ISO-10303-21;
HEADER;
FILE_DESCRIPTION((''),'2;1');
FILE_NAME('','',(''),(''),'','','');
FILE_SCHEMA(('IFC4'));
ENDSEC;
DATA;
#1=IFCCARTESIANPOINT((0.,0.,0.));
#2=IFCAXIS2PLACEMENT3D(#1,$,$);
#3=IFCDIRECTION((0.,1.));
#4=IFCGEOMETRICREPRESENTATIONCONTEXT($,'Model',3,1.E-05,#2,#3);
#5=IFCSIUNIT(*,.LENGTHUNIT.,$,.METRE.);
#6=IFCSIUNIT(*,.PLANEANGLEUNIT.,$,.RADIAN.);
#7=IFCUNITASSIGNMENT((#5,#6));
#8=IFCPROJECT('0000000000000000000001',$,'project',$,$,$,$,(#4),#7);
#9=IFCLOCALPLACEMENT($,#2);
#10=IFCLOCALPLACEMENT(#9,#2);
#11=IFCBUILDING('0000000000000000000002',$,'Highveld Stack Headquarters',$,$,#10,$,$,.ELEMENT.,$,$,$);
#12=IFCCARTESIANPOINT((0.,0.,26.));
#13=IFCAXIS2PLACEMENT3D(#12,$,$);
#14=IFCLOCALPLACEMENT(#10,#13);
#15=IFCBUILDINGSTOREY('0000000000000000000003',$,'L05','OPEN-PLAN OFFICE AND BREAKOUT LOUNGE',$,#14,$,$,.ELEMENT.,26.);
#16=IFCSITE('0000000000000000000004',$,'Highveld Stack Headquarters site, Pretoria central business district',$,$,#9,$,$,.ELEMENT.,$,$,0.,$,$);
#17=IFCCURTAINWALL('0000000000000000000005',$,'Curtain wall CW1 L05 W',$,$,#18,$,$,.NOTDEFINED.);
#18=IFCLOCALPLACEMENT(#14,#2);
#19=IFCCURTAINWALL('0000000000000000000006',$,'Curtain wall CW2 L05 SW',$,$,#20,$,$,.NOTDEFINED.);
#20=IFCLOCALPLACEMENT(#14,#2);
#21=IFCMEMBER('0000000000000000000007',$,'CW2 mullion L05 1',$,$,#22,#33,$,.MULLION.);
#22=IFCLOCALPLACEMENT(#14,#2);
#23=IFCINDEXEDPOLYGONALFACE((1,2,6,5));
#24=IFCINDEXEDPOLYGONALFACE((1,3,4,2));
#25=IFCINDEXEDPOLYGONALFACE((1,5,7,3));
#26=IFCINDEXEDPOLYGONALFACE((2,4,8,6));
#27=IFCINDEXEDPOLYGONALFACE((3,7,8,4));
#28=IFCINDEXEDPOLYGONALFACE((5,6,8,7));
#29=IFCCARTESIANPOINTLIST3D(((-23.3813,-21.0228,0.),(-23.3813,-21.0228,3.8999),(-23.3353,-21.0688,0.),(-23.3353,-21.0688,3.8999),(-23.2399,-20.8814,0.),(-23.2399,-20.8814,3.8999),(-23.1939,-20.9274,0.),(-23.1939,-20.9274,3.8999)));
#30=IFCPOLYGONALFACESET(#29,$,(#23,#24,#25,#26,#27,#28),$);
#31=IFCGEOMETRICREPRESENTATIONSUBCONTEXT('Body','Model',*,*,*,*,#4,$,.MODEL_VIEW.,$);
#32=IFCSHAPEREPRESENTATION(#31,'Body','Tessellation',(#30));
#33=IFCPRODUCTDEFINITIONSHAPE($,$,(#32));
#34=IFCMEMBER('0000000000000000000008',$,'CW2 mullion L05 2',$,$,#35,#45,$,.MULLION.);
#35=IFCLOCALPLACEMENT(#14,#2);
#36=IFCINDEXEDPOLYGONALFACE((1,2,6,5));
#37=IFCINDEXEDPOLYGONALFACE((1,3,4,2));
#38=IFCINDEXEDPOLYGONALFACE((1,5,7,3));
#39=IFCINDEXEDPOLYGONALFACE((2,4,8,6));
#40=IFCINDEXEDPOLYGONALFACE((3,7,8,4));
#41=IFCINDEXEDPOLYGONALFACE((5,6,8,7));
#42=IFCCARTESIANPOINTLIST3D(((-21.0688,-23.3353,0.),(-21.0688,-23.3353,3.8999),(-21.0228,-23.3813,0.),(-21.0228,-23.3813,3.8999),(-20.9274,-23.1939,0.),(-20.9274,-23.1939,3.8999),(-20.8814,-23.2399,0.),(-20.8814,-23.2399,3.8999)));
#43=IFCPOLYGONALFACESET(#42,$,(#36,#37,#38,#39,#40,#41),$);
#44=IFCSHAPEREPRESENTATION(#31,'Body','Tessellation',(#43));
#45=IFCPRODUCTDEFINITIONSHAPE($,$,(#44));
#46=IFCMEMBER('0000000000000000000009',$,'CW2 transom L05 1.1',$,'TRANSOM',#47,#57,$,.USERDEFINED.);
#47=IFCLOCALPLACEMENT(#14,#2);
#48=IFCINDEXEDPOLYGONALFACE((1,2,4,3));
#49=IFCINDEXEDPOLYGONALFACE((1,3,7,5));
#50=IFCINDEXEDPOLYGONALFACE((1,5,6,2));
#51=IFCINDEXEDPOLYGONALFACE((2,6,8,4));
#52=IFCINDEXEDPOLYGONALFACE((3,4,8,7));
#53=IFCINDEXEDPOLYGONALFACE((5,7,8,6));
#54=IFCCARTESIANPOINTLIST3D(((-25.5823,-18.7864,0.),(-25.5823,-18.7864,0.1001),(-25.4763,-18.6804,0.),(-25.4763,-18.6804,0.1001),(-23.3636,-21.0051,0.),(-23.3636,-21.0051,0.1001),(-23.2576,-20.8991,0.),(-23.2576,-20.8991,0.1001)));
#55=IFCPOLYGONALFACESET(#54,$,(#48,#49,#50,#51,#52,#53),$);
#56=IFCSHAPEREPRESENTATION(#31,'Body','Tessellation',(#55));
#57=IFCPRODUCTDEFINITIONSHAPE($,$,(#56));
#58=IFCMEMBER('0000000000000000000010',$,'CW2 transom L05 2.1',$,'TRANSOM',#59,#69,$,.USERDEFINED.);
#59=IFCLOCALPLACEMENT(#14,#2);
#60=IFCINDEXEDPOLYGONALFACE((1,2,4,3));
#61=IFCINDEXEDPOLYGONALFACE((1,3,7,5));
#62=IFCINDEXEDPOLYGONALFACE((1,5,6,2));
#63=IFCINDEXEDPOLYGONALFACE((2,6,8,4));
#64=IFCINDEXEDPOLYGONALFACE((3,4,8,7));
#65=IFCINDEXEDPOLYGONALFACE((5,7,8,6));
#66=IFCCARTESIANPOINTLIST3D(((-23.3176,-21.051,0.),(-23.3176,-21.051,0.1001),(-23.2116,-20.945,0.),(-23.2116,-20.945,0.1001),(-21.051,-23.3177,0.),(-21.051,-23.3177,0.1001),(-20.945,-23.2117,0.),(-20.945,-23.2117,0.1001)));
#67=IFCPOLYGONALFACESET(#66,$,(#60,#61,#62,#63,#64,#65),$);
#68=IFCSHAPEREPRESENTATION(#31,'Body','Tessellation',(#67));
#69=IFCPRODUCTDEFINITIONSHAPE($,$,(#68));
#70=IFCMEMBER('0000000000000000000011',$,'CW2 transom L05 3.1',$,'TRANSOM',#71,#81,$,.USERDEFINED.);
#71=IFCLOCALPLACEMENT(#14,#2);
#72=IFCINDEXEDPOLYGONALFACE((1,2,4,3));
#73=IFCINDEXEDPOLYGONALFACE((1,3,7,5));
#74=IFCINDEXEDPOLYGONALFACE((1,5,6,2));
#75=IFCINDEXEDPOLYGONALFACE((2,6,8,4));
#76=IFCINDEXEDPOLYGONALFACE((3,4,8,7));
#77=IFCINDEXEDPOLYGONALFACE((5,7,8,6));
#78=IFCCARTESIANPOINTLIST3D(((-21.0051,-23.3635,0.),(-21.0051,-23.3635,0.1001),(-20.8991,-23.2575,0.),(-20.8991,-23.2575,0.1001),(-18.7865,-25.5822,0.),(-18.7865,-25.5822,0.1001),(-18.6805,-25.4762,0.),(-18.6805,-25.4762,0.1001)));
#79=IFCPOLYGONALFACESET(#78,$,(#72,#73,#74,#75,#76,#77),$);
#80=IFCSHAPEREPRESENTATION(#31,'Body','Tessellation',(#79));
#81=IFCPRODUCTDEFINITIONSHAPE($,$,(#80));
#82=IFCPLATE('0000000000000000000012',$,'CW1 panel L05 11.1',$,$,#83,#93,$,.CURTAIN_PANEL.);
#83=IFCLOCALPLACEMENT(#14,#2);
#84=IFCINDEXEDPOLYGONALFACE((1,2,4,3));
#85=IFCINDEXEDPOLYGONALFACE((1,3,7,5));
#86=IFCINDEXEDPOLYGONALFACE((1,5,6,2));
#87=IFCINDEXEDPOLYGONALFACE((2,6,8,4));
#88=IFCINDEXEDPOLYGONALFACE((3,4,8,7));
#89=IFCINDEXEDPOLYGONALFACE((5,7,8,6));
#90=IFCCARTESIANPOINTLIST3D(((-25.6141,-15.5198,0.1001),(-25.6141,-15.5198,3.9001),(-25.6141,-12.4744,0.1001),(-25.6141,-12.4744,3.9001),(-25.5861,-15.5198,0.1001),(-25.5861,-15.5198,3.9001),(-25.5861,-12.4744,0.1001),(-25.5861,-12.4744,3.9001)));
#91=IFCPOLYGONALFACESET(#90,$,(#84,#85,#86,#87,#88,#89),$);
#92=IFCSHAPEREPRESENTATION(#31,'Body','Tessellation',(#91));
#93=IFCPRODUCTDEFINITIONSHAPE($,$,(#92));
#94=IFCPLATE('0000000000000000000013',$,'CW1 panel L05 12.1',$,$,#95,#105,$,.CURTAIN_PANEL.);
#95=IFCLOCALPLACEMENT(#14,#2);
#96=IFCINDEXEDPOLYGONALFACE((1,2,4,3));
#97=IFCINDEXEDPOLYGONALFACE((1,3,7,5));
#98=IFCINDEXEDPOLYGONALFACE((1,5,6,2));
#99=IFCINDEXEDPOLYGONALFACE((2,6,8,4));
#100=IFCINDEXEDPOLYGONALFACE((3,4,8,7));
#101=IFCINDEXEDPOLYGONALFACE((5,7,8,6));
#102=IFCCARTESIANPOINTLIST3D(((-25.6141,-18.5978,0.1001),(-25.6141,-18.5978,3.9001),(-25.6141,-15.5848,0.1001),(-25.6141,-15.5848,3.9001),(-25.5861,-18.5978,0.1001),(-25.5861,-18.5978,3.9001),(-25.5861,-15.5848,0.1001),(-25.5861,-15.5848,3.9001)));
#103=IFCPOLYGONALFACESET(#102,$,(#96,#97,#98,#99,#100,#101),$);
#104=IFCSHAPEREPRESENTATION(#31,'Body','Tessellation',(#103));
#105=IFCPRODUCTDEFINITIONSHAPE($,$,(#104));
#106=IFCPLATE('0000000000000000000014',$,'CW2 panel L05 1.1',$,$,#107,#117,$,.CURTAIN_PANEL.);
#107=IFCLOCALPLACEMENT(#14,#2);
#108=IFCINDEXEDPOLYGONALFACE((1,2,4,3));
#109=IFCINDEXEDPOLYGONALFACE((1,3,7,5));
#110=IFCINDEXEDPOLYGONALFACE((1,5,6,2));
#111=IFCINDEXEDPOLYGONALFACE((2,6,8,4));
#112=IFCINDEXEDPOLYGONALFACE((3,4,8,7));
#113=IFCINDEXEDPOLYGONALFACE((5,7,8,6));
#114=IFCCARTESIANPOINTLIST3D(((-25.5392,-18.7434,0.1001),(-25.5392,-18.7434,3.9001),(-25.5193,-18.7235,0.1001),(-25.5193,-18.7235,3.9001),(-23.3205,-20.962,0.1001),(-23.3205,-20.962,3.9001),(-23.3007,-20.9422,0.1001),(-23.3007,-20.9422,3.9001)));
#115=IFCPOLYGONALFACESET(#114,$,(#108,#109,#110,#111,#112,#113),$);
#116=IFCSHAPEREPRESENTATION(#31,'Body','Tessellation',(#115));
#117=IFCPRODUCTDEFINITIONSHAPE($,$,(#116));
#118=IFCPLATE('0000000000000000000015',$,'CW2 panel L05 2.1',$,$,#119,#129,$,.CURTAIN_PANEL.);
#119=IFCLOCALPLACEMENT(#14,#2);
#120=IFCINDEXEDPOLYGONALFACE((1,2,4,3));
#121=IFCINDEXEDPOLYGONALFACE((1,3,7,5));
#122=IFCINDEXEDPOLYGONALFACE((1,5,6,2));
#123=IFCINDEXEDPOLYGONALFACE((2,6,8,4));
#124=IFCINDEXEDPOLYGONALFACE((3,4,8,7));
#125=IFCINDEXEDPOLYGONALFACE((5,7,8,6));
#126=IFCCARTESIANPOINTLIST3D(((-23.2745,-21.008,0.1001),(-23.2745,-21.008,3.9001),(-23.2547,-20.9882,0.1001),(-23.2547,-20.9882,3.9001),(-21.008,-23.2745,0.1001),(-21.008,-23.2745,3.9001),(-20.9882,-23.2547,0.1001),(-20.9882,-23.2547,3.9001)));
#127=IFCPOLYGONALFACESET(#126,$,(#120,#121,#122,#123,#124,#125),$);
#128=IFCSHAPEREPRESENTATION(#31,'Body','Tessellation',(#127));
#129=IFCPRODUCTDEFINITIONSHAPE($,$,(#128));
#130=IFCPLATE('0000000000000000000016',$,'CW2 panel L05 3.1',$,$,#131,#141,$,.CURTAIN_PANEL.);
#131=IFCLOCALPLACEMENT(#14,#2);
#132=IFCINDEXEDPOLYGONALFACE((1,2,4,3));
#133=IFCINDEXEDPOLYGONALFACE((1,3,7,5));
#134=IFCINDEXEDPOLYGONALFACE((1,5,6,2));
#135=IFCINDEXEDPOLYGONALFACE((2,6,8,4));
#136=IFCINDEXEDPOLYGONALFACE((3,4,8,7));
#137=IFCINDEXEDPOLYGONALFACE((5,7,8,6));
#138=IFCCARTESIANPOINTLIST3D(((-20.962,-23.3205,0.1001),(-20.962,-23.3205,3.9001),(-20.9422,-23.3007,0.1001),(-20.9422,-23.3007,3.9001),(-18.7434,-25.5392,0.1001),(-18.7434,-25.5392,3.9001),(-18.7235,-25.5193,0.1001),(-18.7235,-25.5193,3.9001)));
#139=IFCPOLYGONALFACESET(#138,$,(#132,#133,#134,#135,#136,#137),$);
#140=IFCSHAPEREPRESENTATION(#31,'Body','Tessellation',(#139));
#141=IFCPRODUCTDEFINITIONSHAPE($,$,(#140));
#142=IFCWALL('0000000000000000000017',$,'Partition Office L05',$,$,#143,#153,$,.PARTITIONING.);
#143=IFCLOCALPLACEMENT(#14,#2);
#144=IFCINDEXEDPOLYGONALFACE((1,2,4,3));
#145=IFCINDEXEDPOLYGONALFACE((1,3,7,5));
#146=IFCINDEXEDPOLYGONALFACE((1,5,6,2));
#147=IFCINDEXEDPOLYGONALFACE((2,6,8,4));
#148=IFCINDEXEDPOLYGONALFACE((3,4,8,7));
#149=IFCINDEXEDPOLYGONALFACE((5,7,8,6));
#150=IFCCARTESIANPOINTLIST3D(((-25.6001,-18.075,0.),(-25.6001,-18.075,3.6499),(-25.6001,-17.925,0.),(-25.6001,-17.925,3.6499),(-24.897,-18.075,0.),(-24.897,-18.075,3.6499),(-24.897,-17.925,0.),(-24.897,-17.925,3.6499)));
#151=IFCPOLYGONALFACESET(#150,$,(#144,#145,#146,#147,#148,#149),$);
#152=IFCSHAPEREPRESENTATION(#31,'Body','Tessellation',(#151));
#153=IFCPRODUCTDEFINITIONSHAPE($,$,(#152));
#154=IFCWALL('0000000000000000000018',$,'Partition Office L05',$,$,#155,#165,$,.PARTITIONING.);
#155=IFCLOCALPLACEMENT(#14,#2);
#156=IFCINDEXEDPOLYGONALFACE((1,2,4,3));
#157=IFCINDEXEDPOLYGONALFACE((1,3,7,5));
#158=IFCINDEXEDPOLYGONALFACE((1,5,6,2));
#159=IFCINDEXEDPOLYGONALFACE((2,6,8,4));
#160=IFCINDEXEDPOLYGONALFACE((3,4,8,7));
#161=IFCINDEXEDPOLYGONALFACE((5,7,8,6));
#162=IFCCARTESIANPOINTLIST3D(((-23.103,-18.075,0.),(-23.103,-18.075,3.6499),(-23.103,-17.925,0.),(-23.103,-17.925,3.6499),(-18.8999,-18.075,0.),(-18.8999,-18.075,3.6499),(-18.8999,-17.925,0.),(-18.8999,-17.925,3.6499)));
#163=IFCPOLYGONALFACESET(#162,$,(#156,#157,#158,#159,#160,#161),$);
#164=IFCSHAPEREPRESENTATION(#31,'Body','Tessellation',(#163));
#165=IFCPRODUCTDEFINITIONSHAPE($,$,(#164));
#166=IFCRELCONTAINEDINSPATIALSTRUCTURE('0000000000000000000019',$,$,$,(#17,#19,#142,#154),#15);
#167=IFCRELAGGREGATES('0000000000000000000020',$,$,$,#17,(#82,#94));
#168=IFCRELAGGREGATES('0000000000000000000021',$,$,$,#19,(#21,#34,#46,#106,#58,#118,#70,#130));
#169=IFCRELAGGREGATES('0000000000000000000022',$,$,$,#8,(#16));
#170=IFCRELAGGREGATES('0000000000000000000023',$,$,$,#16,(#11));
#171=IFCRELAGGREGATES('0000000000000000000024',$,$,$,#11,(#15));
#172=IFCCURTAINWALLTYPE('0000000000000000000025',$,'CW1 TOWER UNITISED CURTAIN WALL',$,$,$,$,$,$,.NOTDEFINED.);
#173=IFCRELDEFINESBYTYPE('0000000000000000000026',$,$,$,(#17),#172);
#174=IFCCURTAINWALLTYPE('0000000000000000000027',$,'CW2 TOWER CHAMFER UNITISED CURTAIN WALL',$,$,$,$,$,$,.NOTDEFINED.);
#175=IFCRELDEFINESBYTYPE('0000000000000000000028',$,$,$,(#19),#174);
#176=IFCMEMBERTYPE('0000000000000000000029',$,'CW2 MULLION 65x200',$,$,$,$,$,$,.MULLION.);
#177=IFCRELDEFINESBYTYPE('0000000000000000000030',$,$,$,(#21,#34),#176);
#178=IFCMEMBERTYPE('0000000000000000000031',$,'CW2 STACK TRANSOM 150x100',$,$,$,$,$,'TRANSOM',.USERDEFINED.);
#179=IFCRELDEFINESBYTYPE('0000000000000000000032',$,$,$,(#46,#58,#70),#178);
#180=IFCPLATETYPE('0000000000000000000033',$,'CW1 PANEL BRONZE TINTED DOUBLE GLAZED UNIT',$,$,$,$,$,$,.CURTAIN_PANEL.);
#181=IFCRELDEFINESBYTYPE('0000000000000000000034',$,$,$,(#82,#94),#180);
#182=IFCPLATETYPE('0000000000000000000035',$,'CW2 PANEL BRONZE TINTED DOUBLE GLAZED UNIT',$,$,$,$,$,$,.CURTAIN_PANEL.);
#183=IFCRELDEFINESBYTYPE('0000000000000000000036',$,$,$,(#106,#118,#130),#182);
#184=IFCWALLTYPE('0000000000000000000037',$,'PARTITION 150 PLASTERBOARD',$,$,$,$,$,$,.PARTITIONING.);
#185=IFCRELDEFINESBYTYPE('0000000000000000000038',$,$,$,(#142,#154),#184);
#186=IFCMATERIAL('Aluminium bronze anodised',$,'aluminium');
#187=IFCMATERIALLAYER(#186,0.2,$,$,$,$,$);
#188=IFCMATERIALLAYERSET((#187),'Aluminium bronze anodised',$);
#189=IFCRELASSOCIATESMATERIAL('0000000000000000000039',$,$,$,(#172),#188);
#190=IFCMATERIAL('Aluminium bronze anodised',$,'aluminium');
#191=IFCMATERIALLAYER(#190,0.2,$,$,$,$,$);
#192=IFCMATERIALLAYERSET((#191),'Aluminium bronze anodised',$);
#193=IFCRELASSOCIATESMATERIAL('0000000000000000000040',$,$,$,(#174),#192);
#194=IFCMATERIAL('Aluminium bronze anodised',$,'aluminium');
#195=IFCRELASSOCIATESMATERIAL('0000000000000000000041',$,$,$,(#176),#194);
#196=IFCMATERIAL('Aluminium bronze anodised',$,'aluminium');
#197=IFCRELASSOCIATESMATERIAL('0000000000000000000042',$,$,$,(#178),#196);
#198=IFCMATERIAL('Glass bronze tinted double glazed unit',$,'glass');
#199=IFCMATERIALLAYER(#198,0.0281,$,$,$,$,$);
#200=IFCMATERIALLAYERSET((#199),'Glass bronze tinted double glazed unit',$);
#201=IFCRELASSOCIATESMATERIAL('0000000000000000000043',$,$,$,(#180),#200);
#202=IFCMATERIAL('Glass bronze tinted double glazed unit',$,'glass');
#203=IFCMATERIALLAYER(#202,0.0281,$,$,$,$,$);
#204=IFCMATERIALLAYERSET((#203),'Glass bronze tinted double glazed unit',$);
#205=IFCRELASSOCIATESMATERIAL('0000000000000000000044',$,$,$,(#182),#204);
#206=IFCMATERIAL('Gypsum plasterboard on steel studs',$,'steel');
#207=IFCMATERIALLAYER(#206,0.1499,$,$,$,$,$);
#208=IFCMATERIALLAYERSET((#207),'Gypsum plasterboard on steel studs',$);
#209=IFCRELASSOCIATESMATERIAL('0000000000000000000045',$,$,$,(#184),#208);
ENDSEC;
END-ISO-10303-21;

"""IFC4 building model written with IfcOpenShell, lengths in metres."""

from ifc_helpers import new_model, si_unit, direction, frame, frame_2d, origin, origin_2d, place, context, subcontext, project, spatial, rectangle, extrude, material, layer, layer_set, material_profile, profile_set, type_object, element, aggregate, save


model = new_model("IFC4")

# Units and contexts
model_context = context("Model", 3, precision=1e-05, world=origin(), true_north=direction((0.0, 1.0)))
body_context = subcontext(model_context, "Body", "Model", "MODEL_VIEW")
ifc_project = project(units=[si_unit("LENGTHUNIT", "METRE"), si_unit("PLANEANGLEUNIT", "RADIAN")], contexts=[model_context])

# Site, building, storey
site_placement = place(None, origin())
site = spatial("IfcSite", under=ifc_project, at=site_placement, Name="Highveld Stack Headquarters site, Pretoria central business district", CompositionType="ELEMENT", RefElevation=0.0)
building_placement = place(site_placement, origin())
building = spatial("IfcBuilding", under=site, at=building_placement, Name="Highveld Stack Headquarters", CompositionType="ELEMENT")
storey_placement = place(building_placement, frame((0.0, 0.0, 26.0)))
storey = spatial("IfcBuildingStorey", under=building, at=storey_placement, Name="L05", Description="OPEN-PLAN OFFICE AND BREAKOUT LOUNGE", CompositionType="ELEMENT", Elevation=26.0)

# Shared definitions
ifc_material_1 = material(Name="Aluminium bronze anodised", Category="aluminium")
ifc_layer_1 = layer(ifc_material_1, 0.2)
ifc_layer_set_1 = layer_set([ifc_layer_1], Name="Aluminium bronze anodised")
curtain_wall_type_1 = type_object("IfcCurtainWallType", Name="CW1 TOWER UNITISED CURTAIN WALL", PredefinedType="NOTDEFINED", material=ifc_layer_set_1)

# Curtain wall
curtain_wall_1_placement = place(storey_placement, origin())
curtain_wall_1 = element("IfcCurtainWall", 1, at=curtain_wall_1_placement, inside=storey, type_object=curtain_wall_type_1, Name="Curtain wall CW1 L05 W", PredefinedType="NOTDEFINED")

# Curtain wall, members
ifc_material_2 = material(Name="Aluminium bronze anodised", Category="aluminium")
ifc_layer_2 = layer(ifc_material_2, 0.2)
ifc_layer_set_2 = layer_set([ifc_layer_2], Name="Aluminium bronze anodised")
curtain_wall_type_2 = type_object("IfcCurtainWallType", Name="CW2 TOWER CHAMFER UNITISED CURTAIN WALL", PredefinedType="NOTDEFINED", material=ifc_layer_set_2)
curtain_wall_2_placement = place(storey_placement, origin())
curtain_wall_2 = element("IfcCurtainWall", 2, at=curtain_wall_2_placement, inside=storey, type_object=curtain_wall_type_2, Name="Curtain wall CW2 L05 SW", PredefinedType="NOTDEFINED")
ifc_material_3 = material(Name="Aluminium bronze anodised", Category="aluminium")
ifc_material_profile_1 = material_profile(ifc_material_3, rectangle(XDim=0.2, YDim=0.0649, at=origin_2d()), Name="CW2 MULLION 65x200")
ifc_profile_set_1 = profile_set([ifc_material_profile_1], Name="Aluminium bronze anodised")
member_type_1 = type_object("IfcMemberType", Name="CW2 MULLION 65x200", PredefinedType="MULLION", material=ifc_profile_set_1)
member_1_placement = place(storey_placement, frame((-23.2876, -20.9751, 0.0), z_axis=(0.0, 0.0, 1.0), x_axis=(0.707107, 0.707107, 0.0)))
member_1 = element("IfcMember", 3, at=member_1_placement, type_object=member_type_1, Name="CW2 mullion L05 1", PredefinedType="MULLION", context=body_context, shape_type="SweptSolid", body=[
    extrude(rectangle(XDim=0.2, YDim=0.0649, at=origin_2d()), origin(), (0.0, 0.0, 1.0), 3.8999),
])
member_2_placement = place(storey_placement, frame((-20.9751, -23.2876, 0.0), z_axis=(0.0, 0.0, 1.0), x_axis=(0.707107, 0.707107, 0.0)))
member_2 = element("IfcMember", 4, at=member_2_placement, type_object=member_type_1, Name="CW2 mullion L05 2", PredefinedType="MULLION", context=body_context, shape_type="SweptSolid", body=[
    extrude(rectangle(XDim=0.2, YDim=0.0649, at=origin_2d()), origin(), (0.0, 0.0, 1.0), 3.8999),
])
ifc_material_4 = material(Name="Aluminium bronze anodised", Category="aluminium")
ifc_material_profile_2 = material_profile(ifc_material_4, rectangle(XDim=0.1499, YDim=0.1001, at=origin_2d()), Name="CW2 TRANSOM 150x100")
ifc_profile_set_2 = profile_set([ifc_material_profile_2], Name="Aluminium bronze anodised")
member_type_2 = type_object("IfcMemberType", Name="CW2 STACK TRANSOM 150x100", ElementType="TRANSOM", PredefinedType="USERDEFINED", material=ifc_profile_set_2)
member_3_placement = place(storey_placement, frame((-25.5293, -18.7334, 0.05), z_axis=(0.707107, -0.707107, 0.0), x_axis=(0.707107, 0.707107, 0.0)))
member_3 = element("IfcMember", 5, at=member_3_placement, type_object=member_type_2, Name="CW2 transom L05 1.1", ObjectType="TRANSOM", PredefinedType="USERDEFINED", context=body_context, shape_type="SweptSolid", body=[
    extrude(rectangle(XDim=0.1499, YDim=0.1001, at=origin_2d()), origin(), (0.0, 0.0, 1.0), 3.1377),
])
member_4_placement = place(storey_placement, frame((-23.2646, -20.998, 0.05), z_axis=(0.707107, -0.707107, 0.0), x_axis=(0.707107, 0.707107, 0.0)))
member_4 = element("IfcMember", 6, at=member_4_placement, type_object=member_type_2, Name="CW2 transom L05 2.1", ObjectType="TRANSOM", PredefinedType="USERDEFINED", context=body_context, shape_type="SweptSolid", body=[
    extrude(rectangle(XDim=0.1499, YDim=0.1001, at=origin_2d()), origin(), (0.0, 0.0, 1.0), 3.2056),
])
member_5_placement = place(storey_placement, frame((-20.9521, -23.3105, 0.05), z_axis=(0.707107, -0.707107, 0.0), x_axis=(0.707107, 0.707107, 0.0)))
member_5 = element("IfcMember", 7, at=member_5_placement, type_object=member_type_2, Name="CW2 transom L05 3.1", ObjectType="TRANSOM", PredefinedType="USERDEFINED", context=body_context, shape_type="SweptSolid", body=[
    extrude(rectangle(XDim=0.1499, YDim=0.1001, at=origin_2d()), origin(), (0.0, 0.0, 1.0), 3.1377),
])

# Plates
ifc_material_5 = material(Name="Glass bronze tinted double glazed unit", Category="glass")
ifc_layer_3 = layer(ifc_material_5, 0.0281)
ifc_layer_set_3 = layer_set([ifc_layer_3], Name="Glass bronze tinted double glazed unit")
plate_type_1 = type_object("IfcPlateType", Name="CW1 PANEL BRONZE TINTED DOUBLE GLAZED UNIT", PredefinedType="CURTAIN_PANEL", material=ifc_layer_set_3)
plate_1_placement = place(storey_placement, frame((-25.6001, -13.9971, 0.1001), z_axis=(0.0, 0.0, 1.0), x_axis=(0.0, -1.0, 0.0)))
plate_1 = element("IfcPlate", 8, at=plate_1_placement, type_object=plate_type_1, Name="CW1 panel L05 11.1", PredefinedType="CURTAIN_PANEL", context=body_context, shape_type="SweptSolid", body=[
    extrude(rectangle(XDim=3.0454, YDim=0.0281, at=origin_2d()), origin(), (0.0, 0.0, 1.0), 3.8),
])
plate_2_placement = place(storey_placement, frame((-25.6001, -17.0913, 0.1001), z_axis=(0.0, 0.0, 1.0), x_axis=(0.0, -1.0, 0.0)))
plate_2 = element("IfcPlate", 9, at=plate_2_placement, type_object=plate_type_1, Name="CW1 panel L05 12.1", PredefinedType="CURTAIN_PANEL", context=body_context, shape_type="SweptSolid", body=[
    extrude(rectangle(XDim=3.0129, YDim=0.0281, at=origin_2d()), origin(), (0.0, 0.0, 1.0), 3.8),
])
aggregate(curtain_wall_1, [plate_1, plate_2])
ifc_material_6 = material(Name="Glass bronze tinted double glazed unit", Category="glass")
ifc_layer_4 = layer(ifc_material_6, 0.0281)
ifc_layer_set_4 = layer_set([ifc_layer_4], Name="Glass bronze tinted double glazed unit")
plate_type_2 = type_object("IfcPlateType", Name="CW2 PANEL BRONZE TINTED DOUBLE GLAZED UNIT", PredefinedType="CURTAIN_PANEL", material=ifc_layer_set_4)
plate_3_placement = place(storey_placement, frame((-24.4199, -19.8428, 0.1001), z_axis=(0.0, 0.0, 1.0), x_axis=(0.707107, -0.707107, 0.0)))
plate_3 = element("IfcPlate", 10, at=plate_3_placement, type_object=plate_type_2, Name="CW2 panel L05 1.1", PredefinedType="CURTAIN_PANEL", context=body_context, shape_type="SweptSolid", body=[
    extrude(rectangle(XDim=3.1377, YDim=0.0281, at=origin_2d()), origin(), (0.0, 0.0, 1.0), 3.8),
])
plate_4_placement = place(storey_placement, frame((-22.1313, -22.1313, 0.1001), z_axis=(0.0, 0.0, 1.0), x_axis=(0.707107, -0.707107, 0.0)))
plate_4 = element("IfcPlate", 11, at=plate_4_placement, type_object=plate_type_2, Name="CW2 panel L05 2.1", PredefinedType="CURTAIN_PANEL", context=body_context, shape_type="SweptSolid", body=[
    extrude(rectangle(XDim=3.2053, YDim=0.0281, at=origin_2d()), origin(), (0.0, 0.0, 1.0), 3.8),
])
plate_5_placement = place(storey_placement, frame((-19.8428, -24.4199, 0.1001), z_axis=(0.0, 0.0, 1.0), x_axis=(0.707107, -0.707107, 0.0)))
plate_5 = element("IfcPlate", 12, at=plate_5_placement, type_object=plate_type_2, Name="CW2 panel L05 3.1", PredefinedType="CURTAIN_PANEL", context=body_context, shape_type="SweptSolid", body=[
    extrude(rectangle(XDim=3.1377, YDim=0.0281, at=origin_2d()), origin(), (0.0, 0.0, 1.0), 3.8),
])
aggregate(curtain_wall_2, [member_1, member_2, member_3, plate_3, member_4, plate_4, member_5, plate_5])

# Walls
ifc_material_7 = material(Name="Gypsum plasterboard on steel studs", Category="steel")
ifc_layer_5 = layer(ifc_material_7, 0.1499)
ifc_layer_set_5 = layer_set([ifc_layer_5], Name="Gypsum plasterboard on steel studs")
wall_type = type_object("IfcWallType", Name="PARTITION 150 PLASTERBOARD", PredefinedType="PARTITIONING", material=ifc_layer_set_5)
wall_1_placement = place(storey_placement, frame((-25.6001, -18.0, 0.0), z_axis=(0.0, 0.0, 1.0), x_axis=(1.0, 0.0, 0.0)))
element("IfcWall", 13, at=wall_1_placement, inside=storey, type_object=wall_type, Name="Partition Office L05", PredefinedType="PARTITIONING", context=body_context, shape_type="SweptSolid", body=[
    extrude(rectangle(XDim=0.7031, YDim=0.1499, at=frame_2d((0.3516, 0.0))), origin(), (0.0, 0.0, 1.0), 3.6499),
])
wall_2_placement = place(storey_placement, frame((-23.103, -18.0, 0.0), z_axis=(0.0, 0.0, 1.0), x_axis=(1.0, 0.0, 0.0)))
element("IfcWall", 14, at=wall_2_placement, inside=storey, type_object=wall_type, Name="Partition Office L05", PredefinedType="PARTITIONING", context=body_context, shape_type="SweptSolid", body=[
    extrude(rectangle(XDim=4.2031, YDim=0.1499, at=frame_2d((2.1016, 0.0))), origin(), (0.0, 0.0, 1.0), 3.6499),
])

save(model, "model.ifc")
